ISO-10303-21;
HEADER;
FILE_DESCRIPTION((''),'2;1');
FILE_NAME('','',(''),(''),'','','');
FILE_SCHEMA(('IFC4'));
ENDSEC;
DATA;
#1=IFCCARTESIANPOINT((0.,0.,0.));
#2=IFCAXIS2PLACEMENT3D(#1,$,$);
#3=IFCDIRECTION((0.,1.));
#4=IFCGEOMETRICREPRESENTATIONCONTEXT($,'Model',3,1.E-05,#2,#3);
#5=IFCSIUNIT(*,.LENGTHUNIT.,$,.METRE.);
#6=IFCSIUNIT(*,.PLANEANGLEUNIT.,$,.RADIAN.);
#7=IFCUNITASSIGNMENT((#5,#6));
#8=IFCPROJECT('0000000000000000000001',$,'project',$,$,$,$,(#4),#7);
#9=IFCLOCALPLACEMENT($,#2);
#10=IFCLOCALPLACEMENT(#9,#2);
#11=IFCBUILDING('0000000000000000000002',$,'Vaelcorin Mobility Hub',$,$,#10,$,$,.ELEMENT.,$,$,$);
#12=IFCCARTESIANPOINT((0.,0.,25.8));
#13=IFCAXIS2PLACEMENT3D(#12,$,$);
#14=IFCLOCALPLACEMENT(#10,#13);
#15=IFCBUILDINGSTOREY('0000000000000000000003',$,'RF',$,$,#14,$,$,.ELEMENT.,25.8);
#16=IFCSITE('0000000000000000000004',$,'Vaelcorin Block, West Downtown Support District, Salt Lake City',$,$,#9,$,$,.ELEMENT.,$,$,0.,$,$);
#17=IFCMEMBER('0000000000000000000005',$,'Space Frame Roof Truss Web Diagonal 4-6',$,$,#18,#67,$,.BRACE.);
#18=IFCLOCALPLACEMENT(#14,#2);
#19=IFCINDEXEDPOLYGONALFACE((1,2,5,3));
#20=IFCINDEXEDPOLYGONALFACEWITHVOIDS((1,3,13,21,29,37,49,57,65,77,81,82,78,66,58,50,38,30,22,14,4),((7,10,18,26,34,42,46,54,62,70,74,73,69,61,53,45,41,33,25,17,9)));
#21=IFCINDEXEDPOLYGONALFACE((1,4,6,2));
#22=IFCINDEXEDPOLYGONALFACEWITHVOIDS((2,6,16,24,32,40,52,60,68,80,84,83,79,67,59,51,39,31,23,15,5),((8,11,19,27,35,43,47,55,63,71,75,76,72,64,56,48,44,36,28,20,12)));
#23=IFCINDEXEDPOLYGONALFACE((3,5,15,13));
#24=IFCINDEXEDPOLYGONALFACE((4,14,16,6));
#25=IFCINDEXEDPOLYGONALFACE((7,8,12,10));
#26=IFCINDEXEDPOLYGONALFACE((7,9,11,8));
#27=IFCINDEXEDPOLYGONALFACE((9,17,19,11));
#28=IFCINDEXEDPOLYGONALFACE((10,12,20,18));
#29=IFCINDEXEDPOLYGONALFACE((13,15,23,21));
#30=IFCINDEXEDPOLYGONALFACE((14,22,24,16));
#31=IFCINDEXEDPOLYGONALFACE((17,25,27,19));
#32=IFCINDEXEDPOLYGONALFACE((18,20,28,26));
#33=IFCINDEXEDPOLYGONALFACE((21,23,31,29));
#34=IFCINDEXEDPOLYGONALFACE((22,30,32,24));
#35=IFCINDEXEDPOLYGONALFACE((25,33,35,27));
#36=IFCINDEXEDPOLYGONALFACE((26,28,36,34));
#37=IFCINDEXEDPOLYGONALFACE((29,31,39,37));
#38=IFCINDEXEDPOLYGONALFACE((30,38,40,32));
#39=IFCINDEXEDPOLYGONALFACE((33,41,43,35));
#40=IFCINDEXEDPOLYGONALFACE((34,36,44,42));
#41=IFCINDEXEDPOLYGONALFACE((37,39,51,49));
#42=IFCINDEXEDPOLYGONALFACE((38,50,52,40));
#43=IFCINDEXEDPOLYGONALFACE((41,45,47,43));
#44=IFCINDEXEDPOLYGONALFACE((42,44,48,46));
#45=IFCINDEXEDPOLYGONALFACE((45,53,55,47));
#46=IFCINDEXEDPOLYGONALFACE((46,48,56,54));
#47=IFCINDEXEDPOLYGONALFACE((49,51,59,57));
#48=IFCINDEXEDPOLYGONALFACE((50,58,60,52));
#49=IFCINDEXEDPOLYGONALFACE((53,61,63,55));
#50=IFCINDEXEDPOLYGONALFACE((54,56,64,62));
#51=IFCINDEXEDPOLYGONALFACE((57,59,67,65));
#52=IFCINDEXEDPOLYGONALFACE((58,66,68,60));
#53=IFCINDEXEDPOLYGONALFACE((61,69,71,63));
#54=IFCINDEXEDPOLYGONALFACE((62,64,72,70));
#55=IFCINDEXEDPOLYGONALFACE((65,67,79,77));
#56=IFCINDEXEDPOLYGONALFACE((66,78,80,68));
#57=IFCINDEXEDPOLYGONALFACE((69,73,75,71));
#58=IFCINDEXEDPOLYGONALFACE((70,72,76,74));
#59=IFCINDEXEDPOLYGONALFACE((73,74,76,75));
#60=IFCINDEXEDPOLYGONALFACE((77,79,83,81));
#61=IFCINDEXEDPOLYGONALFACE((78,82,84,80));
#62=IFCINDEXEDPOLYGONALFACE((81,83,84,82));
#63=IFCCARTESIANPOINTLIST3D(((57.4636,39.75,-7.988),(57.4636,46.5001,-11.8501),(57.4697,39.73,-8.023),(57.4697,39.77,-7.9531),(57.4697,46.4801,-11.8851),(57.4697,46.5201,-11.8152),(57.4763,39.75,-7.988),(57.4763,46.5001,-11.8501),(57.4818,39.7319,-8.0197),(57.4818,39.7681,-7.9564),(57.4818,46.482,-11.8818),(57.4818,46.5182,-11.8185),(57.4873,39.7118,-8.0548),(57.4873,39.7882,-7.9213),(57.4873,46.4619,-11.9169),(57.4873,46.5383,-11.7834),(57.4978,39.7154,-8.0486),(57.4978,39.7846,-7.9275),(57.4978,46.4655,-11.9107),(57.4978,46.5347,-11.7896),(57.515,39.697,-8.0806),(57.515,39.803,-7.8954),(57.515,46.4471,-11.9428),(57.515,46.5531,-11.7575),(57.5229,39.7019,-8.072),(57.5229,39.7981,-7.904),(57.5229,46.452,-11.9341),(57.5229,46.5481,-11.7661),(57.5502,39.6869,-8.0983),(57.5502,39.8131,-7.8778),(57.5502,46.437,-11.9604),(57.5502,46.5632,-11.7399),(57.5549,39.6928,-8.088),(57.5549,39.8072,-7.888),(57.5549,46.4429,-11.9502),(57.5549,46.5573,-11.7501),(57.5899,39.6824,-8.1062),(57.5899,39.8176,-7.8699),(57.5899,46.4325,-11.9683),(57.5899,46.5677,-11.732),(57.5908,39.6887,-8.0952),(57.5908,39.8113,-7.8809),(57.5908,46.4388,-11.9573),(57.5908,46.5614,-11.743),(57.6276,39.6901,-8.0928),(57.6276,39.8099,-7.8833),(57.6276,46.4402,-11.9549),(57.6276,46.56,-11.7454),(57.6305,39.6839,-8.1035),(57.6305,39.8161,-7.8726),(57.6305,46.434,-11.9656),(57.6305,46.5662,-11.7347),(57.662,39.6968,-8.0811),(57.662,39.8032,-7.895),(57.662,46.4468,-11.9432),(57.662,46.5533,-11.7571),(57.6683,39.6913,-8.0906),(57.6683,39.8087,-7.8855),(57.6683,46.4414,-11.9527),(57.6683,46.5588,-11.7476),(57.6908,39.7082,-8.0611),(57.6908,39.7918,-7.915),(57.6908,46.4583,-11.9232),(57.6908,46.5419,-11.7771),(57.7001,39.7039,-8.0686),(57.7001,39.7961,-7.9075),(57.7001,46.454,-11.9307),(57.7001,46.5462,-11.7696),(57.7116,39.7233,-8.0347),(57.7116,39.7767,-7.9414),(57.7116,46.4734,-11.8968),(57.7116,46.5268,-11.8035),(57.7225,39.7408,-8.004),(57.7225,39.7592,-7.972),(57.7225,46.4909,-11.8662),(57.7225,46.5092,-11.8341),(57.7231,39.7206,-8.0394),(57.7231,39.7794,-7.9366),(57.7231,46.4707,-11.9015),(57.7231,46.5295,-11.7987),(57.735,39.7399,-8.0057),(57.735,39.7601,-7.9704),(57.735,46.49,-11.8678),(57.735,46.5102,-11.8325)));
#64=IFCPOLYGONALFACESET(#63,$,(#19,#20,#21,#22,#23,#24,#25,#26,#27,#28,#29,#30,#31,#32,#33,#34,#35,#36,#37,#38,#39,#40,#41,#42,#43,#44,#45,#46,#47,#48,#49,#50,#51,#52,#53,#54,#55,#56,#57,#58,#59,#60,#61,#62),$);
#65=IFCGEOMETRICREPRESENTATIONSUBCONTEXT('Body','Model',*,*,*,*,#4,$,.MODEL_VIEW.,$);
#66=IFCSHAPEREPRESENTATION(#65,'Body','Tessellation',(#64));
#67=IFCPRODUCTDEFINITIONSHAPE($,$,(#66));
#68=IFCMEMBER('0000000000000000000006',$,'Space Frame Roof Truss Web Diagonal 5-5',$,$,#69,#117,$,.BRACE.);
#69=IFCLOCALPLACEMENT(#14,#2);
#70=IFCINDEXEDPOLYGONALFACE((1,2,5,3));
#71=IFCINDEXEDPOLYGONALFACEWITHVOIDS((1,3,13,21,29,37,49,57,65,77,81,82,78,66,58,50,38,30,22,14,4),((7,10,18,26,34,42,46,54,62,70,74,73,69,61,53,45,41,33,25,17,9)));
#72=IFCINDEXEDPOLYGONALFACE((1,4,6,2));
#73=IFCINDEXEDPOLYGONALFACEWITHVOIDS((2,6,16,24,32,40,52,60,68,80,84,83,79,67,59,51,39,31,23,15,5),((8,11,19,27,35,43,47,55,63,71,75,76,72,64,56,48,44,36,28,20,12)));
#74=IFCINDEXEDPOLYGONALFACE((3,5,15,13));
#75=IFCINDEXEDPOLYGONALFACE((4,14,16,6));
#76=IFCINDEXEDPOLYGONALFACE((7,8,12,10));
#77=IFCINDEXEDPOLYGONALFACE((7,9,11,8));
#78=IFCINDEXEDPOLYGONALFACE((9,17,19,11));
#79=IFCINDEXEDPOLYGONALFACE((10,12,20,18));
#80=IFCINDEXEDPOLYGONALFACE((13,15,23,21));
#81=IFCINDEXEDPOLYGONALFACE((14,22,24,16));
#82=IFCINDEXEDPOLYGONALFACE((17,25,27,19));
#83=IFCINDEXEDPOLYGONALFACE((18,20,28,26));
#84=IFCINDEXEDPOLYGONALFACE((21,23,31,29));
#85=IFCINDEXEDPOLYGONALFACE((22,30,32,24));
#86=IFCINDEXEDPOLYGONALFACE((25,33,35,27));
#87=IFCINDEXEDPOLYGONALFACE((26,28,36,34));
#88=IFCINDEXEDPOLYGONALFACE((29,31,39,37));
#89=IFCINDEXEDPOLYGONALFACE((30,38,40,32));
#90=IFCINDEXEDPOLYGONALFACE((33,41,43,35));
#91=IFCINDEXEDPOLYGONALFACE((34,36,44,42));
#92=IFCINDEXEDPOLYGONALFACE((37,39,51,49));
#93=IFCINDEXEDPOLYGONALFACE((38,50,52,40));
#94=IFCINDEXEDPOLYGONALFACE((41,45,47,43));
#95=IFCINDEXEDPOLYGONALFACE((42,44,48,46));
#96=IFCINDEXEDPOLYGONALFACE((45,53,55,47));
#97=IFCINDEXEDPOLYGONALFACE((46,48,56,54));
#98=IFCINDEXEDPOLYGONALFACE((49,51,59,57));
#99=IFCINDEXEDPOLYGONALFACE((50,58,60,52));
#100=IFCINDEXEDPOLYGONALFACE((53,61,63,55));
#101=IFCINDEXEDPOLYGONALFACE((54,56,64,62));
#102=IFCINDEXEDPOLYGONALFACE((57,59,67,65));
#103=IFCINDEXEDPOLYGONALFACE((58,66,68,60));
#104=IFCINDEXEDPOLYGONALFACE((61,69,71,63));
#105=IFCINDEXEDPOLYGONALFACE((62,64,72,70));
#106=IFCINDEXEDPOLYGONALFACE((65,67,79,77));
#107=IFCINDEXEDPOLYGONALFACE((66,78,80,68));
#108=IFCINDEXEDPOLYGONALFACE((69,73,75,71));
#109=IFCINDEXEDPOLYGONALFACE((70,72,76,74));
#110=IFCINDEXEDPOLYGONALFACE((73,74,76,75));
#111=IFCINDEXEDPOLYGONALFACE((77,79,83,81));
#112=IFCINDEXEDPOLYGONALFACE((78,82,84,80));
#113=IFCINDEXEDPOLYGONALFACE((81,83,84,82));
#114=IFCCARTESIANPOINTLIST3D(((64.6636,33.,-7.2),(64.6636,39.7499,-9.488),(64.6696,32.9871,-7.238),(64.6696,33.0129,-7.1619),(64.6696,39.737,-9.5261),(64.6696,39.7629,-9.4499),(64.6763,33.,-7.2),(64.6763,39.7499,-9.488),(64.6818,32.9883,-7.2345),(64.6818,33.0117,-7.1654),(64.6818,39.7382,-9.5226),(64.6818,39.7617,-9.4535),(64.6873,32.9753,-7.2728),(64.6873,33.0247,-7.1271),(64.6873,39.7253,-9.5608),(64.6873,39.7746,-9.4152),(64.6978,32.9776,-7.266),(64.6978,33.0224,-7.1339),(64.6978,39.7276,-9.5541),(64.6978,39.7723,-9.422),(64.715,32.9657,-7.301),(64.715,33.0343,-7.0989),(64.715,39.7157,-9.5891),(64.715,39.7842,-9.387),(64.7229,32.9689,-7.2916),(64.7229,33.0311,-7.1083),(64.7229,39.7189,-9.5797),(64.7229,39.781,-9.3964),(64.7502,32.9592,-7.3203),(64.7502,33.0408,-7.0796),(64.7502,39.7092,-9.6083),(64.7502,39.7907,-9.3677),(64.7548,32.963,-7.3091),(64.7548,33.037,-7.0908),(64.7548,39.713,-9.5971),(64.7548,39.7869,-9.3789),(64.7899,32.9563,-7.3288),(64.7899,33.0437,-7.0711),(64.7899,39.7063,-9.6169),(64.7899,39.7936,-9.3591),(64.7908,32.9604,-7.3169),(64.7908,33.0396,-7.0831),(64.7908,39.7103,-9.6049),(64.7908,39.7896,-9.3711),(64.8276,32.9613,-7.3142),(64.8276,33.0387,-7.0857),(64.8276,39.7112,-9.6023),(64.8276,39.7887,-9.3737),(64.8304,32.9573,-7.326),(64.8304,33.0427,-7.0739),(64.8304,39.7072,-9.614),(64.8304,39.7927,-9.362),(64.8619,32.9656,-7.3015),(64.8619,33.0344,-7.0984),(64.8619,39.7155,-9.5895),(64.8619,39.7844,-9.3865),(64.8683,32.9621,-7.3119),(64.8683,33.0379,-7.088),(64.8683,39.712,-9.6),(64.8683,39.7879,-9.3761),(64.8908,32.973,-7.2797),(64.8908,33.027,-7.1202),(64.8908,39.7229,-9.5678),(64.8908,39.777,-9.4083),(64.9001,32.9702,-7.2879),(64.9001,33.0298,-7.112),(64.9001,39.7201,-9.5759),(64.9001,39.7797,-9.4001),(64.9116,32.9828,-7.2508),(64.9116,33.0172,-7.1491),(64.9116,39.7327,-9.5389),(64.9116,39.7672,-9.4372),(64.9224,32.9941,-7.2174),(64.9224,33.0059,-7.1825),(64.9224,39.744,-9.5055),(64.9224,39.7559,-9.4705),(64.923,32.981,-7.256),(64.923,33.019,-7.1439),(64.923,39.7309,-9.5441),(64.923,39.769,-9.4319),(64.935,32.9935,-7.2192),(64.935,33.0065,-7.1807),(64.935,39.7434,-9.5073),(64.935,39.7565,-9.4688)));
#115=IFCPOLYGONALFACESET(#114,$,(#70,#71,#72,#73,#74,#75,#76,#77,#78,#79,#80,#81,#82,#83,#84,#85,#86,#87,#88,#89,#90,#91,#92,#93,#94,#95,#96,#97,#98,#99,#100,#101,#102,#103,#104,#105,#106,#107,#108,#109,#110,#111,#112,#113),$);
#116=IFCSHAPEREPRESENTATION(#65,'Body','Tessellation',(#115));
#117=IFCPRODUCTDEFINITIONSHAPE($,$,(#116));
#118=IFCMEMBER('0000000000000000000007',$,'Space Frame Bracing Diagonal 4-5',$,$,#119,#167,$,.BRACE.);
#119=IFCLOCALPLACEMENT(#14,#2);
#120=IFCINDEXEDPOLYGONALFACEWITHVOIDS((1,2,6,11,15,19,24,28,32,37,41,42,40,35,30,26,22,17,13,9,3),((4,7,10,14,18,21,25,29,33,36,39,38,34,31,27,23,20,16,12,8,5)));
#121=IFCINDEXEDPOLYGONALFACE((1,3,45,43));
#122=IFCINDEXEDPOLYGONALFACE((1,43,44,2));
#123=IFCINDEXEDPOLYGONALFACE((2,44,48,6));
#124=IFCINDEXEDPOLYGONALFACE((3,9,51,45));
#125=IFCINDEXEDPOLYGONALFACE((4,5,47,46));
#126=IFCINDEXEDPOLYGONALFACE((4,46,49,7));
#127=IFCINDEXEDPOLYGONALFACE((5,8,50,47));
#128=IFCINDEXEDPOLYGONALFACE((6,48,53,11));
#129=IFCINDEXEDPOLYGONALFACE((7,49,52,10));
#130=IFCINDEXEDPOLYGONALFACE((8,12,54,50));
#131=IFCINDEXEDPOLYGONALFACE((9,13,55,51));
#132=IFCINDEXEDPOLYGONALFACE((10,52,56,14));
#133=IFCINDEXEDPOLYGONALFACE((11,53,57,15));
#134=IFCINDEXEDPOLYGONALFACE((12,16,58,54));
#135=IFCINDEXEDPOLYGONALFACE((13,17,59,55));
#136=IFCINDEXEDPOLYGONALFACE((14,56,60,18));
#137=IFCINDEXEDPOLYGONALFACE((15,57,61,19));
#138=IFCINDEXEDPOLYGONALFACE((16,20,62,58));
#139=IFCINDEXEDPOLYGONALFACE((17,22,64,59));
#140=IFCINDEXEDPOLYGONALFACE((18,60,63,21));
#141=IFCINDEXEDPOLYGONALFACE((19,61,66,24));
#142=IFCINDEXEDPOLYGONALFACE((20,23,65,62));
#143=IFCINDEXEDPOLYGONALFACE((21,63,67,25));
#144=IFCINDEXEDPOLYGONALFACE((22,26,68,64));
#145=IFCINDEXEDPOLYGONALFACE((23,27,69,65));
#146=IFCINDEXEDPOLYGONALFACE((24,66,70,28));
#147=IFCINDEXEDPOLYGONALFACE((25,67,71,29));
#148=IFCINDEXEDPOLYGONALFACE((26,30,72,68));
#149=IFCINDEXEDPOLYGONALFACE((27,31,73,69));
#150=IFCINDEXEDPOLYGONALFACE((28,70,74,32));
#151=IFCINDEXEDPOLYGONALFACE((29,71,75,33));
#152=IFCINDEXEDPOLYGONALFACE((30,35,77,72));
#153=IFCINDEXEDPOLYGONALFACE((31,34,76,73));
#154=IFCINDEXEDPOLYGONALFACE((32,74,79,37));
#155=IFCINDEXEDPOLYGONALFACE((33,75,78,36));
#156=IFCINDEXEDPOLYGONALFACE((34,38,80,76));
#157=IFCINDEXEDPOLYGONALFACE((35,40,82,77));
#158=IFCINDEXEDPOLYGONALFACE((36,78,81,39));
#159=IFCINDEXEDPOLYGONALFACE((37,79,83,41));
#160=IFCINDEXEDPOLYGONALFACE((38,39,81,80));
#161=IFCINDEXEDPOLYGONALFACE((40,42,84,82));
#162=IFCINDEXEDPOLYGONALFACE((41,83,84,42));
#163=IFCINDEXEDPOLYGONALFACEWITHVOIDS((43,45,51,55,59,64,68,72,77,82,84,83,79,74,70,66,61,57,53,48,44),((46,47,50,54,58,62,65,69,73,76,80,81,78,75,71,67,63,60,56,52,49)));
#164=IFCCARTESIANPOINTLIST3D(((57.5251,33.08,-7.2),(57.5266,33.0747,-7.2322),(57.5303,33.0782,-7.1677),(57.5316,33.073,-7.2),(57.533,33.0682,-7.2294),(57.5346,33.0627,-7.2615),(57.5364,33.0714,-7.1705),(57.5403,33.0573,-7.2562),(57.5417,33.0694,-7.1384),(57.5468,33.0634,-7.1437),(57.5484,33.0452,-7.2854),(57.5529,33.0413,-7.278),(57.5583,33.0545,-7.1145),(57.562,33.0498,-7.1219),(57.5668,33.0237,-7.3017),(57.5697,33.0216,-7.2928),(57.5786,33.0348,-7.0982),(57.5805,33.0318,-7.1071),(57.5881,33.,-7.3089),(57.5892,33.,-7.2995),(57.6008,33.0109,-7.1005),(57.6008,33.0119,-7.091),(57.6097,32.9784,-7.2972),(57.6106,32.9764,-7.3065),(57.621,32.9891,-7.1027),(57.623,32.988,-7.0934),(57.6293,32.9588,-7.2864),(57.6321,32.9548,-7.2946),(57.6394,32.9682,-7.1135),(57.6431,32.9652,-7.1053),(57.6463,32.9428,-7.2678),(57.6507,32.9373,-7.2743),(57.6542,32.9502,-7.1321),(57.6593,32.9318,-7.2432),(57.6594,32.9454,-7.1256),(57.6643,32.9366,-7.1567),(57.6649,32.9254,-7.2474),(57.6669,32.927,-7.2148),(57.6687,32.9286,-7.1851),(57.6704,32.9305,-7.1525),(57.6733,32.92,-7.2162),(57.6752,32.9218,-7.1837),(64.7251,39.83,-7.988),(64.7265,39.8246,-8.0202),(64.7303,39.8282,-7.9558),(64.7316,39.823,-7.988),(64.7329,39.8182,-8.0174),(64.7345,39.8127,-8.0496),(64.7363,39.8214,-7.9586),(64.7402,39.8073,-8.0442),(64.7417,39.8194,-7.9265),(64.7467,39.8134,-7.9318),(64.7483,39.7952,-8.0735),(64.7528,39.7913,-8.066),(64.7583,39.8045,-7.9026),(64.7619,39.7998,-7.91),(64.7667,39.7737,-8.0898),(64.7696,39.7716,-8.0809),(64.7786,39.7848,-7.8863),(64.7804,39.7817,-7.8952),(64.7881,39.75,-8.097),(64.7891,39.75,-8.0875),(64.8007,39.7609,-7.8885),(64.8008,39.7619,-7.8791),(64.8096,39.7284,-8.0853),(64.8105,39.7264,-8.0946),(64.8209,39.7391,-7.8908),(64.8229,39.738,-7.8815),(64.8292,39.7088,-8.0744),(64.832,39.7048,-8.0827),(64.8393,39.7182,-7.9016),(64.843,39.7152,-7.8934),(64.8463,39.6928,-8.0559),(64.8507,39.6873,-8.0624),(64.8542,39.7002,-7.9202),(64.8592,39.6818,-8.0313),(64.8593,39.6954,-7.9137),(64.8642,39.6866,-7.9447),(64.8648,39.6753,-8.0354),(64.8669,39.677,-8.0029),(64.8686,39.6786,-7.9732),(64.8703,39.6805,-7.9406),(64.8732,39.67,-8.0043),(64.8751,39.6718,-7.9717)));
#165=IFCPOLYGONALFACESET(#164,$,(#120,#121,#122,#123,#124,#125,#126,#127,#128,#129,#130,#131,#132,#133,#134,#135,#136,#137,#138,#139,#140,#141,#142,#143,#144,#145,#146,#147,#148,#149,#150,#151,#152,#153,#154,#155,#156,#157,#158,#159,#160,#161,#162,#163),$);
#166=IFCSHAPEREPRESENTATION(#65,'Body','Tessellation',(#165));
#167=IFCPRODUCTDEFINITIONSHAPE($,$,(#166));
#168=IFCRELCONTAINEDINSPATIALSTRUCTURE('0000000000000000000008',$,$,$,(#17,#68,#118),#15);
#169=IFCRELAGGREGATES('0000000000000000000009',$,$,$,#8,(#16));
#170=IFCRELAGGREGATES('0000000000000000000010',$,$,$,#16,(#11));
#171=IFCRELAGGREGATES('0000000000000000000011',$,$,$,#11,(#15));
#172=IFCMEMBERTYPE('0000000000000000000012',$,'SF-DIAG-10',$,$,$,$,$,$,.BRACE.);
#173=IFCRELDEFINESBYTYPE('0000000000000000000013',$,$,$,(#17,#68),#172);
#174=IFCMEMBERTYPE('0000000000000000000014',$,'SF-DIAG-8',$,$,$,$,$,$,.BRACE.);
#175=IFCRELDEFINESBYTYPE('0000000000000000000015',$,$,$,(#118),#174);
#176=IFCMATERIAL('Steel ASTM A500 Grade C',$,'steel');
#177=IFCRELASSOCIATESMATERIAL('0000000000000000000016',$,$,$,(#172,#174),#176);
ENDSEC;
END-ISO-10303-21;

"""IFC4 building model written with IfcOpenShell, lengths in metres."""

from ifc_helpers import new_model, si_unit, direction, frame, origin, origin_2d, place, context, subcontext, project, spatial, hollow_circle, extrude, material, material_profile, profile_set, type_object, element, save


model = new_model("IFC4")

# Units and contexts
model_context = context("Model", 3, precision=1e-05, world=origin(), true_north=direction((0.0, 1.0)))
body_context = subcontext(model_context, "Body", "Model", "MODEL_VIEW")
ifc_project = project(units=[si_unit("LENGTHUNIT", "METRE"), si_unit("PLANEANGLEUNIT", "RADIAN")], contexts=[model_context])

# Site, building, storey
site_placement = place(None, origin())
site = spatial("IfcSite", under=ifc_project, at=site_placement, Name="Vaelcorin Block, West Downtown Support District, Salt Lake City", CompositionType="ELEMENT", RefElevation=0.0)
building_placement = place(site_placement, origin())
building = spatial("IfcBuilding", under=site, at=building_placement, Name="Vaelcorin Mobility Hub", CompositionType="ELEMENT")
storey_placement = place(building_placement, frame((0.0, 0.0, 25.8)))
storey = spatial("IfcBuildingStorey", under=building, at=storey_placement, Name="RF", CompositionType="ELEMENT", Elevation=25.8)

# Members
ifc_material_1 = material(Name="Steel ASTM A500 Grade C", Category="steel")
ifc_material_profile_1 = material_profile(ifc_material_1, hollow_circle(Radius=0.1365, WallThickness=0.0127, at=origin_2d()), Name="HSS10.750X0.500")
ifc_profile_set_1 = profile_set([ifc_material_profile_1], Name="Steel ASTM A500 Grade C")
member_type_1 = type_object("IfcMemberType", Name="SF-DIAG-10", PredefinedType="BRACE", material=ifc_profile_set_1)
member_1_placement = place(storey_placement, frame((57.6001, 39.75, -7.988), z_axis=(0.0, 0.867971, -0.496616), x_axis=(-1.0, 0.0, 0.0)))
element("IfcMember", 1, at=member_1_placement, inside=storey, type_object=member_type_1, Name="Space Frame Roof Truss Web Diagonal 4-6", PredefinedType="BRACE", context=body_context, shape_type="SweptSolid", body=[
    extrude(hollow_circle(Radius=0.1365, WallThickness=0.0127, at=origin_2d()), origin(), (0.0, 0.0, 1.0), 7.7769),
])
member_2_placement = place(storey_placement, frame((64.8, 33.0, -7.2), z_axis=(0.0, 0.947068, -0.321033), x_axis=(-1.0, 0.0, 0.0)))
element("IfcMember", 2, at=member_2_placement, inside=storey, type_object=member_type_1, Name="Space Frame Roof Truss Web Diagonal 5-5", PredefinedType="BRACE", context=body_context, shape_type="SweptSolid", body=[
    extrude(hollow_circle(Radius=0.1365, WallThickness=0.0127, at=origin_2d()), origin(), (0.0, 0.0, 1.0), 7.1272),
])
ifc_material_profile_2 = material_profile(ifc_material_1, hollow_circle(Radius=0.1096, WallThickness=0.0095, at=origin_2d()), Name="HSS8.625X0.375")
ifc_profile_set_2 = profile_set([ifc_material_profile_2], Name="Steel ASTM A500 Grade C")
member_type_2 = type_object("IfcMemberType", Name="SF-DIAG-8", PredefinedType="BRACE", material=ifc_profile_set_2)
for number, where, z_axis, x_axis, name in (
    (3, (57.6001, 33.0, -7.2), (0.72722, 0.681773, -0.079599), (-0.683944, 0.729535, 0.0), "Space Frame Bracing Diagonal 4-5"),
):
    element("IfcMember", number, at=place(storey_placement, frame(where, z_axis=z_axis, x_axis=x_axis)), inside=storey, type_object=member_type_2, Name=name, PredefinedType="BRACE", context=body_context, shape_type="SweptSolid", body=[
        extrude(hollow_circle(Radius=0.1096, WallThickness=0.0095, at=origin_2d()), origin(), (0.0, 0.0, 1.0), 9.9006),
    ])

save(model, "model.ifc")
